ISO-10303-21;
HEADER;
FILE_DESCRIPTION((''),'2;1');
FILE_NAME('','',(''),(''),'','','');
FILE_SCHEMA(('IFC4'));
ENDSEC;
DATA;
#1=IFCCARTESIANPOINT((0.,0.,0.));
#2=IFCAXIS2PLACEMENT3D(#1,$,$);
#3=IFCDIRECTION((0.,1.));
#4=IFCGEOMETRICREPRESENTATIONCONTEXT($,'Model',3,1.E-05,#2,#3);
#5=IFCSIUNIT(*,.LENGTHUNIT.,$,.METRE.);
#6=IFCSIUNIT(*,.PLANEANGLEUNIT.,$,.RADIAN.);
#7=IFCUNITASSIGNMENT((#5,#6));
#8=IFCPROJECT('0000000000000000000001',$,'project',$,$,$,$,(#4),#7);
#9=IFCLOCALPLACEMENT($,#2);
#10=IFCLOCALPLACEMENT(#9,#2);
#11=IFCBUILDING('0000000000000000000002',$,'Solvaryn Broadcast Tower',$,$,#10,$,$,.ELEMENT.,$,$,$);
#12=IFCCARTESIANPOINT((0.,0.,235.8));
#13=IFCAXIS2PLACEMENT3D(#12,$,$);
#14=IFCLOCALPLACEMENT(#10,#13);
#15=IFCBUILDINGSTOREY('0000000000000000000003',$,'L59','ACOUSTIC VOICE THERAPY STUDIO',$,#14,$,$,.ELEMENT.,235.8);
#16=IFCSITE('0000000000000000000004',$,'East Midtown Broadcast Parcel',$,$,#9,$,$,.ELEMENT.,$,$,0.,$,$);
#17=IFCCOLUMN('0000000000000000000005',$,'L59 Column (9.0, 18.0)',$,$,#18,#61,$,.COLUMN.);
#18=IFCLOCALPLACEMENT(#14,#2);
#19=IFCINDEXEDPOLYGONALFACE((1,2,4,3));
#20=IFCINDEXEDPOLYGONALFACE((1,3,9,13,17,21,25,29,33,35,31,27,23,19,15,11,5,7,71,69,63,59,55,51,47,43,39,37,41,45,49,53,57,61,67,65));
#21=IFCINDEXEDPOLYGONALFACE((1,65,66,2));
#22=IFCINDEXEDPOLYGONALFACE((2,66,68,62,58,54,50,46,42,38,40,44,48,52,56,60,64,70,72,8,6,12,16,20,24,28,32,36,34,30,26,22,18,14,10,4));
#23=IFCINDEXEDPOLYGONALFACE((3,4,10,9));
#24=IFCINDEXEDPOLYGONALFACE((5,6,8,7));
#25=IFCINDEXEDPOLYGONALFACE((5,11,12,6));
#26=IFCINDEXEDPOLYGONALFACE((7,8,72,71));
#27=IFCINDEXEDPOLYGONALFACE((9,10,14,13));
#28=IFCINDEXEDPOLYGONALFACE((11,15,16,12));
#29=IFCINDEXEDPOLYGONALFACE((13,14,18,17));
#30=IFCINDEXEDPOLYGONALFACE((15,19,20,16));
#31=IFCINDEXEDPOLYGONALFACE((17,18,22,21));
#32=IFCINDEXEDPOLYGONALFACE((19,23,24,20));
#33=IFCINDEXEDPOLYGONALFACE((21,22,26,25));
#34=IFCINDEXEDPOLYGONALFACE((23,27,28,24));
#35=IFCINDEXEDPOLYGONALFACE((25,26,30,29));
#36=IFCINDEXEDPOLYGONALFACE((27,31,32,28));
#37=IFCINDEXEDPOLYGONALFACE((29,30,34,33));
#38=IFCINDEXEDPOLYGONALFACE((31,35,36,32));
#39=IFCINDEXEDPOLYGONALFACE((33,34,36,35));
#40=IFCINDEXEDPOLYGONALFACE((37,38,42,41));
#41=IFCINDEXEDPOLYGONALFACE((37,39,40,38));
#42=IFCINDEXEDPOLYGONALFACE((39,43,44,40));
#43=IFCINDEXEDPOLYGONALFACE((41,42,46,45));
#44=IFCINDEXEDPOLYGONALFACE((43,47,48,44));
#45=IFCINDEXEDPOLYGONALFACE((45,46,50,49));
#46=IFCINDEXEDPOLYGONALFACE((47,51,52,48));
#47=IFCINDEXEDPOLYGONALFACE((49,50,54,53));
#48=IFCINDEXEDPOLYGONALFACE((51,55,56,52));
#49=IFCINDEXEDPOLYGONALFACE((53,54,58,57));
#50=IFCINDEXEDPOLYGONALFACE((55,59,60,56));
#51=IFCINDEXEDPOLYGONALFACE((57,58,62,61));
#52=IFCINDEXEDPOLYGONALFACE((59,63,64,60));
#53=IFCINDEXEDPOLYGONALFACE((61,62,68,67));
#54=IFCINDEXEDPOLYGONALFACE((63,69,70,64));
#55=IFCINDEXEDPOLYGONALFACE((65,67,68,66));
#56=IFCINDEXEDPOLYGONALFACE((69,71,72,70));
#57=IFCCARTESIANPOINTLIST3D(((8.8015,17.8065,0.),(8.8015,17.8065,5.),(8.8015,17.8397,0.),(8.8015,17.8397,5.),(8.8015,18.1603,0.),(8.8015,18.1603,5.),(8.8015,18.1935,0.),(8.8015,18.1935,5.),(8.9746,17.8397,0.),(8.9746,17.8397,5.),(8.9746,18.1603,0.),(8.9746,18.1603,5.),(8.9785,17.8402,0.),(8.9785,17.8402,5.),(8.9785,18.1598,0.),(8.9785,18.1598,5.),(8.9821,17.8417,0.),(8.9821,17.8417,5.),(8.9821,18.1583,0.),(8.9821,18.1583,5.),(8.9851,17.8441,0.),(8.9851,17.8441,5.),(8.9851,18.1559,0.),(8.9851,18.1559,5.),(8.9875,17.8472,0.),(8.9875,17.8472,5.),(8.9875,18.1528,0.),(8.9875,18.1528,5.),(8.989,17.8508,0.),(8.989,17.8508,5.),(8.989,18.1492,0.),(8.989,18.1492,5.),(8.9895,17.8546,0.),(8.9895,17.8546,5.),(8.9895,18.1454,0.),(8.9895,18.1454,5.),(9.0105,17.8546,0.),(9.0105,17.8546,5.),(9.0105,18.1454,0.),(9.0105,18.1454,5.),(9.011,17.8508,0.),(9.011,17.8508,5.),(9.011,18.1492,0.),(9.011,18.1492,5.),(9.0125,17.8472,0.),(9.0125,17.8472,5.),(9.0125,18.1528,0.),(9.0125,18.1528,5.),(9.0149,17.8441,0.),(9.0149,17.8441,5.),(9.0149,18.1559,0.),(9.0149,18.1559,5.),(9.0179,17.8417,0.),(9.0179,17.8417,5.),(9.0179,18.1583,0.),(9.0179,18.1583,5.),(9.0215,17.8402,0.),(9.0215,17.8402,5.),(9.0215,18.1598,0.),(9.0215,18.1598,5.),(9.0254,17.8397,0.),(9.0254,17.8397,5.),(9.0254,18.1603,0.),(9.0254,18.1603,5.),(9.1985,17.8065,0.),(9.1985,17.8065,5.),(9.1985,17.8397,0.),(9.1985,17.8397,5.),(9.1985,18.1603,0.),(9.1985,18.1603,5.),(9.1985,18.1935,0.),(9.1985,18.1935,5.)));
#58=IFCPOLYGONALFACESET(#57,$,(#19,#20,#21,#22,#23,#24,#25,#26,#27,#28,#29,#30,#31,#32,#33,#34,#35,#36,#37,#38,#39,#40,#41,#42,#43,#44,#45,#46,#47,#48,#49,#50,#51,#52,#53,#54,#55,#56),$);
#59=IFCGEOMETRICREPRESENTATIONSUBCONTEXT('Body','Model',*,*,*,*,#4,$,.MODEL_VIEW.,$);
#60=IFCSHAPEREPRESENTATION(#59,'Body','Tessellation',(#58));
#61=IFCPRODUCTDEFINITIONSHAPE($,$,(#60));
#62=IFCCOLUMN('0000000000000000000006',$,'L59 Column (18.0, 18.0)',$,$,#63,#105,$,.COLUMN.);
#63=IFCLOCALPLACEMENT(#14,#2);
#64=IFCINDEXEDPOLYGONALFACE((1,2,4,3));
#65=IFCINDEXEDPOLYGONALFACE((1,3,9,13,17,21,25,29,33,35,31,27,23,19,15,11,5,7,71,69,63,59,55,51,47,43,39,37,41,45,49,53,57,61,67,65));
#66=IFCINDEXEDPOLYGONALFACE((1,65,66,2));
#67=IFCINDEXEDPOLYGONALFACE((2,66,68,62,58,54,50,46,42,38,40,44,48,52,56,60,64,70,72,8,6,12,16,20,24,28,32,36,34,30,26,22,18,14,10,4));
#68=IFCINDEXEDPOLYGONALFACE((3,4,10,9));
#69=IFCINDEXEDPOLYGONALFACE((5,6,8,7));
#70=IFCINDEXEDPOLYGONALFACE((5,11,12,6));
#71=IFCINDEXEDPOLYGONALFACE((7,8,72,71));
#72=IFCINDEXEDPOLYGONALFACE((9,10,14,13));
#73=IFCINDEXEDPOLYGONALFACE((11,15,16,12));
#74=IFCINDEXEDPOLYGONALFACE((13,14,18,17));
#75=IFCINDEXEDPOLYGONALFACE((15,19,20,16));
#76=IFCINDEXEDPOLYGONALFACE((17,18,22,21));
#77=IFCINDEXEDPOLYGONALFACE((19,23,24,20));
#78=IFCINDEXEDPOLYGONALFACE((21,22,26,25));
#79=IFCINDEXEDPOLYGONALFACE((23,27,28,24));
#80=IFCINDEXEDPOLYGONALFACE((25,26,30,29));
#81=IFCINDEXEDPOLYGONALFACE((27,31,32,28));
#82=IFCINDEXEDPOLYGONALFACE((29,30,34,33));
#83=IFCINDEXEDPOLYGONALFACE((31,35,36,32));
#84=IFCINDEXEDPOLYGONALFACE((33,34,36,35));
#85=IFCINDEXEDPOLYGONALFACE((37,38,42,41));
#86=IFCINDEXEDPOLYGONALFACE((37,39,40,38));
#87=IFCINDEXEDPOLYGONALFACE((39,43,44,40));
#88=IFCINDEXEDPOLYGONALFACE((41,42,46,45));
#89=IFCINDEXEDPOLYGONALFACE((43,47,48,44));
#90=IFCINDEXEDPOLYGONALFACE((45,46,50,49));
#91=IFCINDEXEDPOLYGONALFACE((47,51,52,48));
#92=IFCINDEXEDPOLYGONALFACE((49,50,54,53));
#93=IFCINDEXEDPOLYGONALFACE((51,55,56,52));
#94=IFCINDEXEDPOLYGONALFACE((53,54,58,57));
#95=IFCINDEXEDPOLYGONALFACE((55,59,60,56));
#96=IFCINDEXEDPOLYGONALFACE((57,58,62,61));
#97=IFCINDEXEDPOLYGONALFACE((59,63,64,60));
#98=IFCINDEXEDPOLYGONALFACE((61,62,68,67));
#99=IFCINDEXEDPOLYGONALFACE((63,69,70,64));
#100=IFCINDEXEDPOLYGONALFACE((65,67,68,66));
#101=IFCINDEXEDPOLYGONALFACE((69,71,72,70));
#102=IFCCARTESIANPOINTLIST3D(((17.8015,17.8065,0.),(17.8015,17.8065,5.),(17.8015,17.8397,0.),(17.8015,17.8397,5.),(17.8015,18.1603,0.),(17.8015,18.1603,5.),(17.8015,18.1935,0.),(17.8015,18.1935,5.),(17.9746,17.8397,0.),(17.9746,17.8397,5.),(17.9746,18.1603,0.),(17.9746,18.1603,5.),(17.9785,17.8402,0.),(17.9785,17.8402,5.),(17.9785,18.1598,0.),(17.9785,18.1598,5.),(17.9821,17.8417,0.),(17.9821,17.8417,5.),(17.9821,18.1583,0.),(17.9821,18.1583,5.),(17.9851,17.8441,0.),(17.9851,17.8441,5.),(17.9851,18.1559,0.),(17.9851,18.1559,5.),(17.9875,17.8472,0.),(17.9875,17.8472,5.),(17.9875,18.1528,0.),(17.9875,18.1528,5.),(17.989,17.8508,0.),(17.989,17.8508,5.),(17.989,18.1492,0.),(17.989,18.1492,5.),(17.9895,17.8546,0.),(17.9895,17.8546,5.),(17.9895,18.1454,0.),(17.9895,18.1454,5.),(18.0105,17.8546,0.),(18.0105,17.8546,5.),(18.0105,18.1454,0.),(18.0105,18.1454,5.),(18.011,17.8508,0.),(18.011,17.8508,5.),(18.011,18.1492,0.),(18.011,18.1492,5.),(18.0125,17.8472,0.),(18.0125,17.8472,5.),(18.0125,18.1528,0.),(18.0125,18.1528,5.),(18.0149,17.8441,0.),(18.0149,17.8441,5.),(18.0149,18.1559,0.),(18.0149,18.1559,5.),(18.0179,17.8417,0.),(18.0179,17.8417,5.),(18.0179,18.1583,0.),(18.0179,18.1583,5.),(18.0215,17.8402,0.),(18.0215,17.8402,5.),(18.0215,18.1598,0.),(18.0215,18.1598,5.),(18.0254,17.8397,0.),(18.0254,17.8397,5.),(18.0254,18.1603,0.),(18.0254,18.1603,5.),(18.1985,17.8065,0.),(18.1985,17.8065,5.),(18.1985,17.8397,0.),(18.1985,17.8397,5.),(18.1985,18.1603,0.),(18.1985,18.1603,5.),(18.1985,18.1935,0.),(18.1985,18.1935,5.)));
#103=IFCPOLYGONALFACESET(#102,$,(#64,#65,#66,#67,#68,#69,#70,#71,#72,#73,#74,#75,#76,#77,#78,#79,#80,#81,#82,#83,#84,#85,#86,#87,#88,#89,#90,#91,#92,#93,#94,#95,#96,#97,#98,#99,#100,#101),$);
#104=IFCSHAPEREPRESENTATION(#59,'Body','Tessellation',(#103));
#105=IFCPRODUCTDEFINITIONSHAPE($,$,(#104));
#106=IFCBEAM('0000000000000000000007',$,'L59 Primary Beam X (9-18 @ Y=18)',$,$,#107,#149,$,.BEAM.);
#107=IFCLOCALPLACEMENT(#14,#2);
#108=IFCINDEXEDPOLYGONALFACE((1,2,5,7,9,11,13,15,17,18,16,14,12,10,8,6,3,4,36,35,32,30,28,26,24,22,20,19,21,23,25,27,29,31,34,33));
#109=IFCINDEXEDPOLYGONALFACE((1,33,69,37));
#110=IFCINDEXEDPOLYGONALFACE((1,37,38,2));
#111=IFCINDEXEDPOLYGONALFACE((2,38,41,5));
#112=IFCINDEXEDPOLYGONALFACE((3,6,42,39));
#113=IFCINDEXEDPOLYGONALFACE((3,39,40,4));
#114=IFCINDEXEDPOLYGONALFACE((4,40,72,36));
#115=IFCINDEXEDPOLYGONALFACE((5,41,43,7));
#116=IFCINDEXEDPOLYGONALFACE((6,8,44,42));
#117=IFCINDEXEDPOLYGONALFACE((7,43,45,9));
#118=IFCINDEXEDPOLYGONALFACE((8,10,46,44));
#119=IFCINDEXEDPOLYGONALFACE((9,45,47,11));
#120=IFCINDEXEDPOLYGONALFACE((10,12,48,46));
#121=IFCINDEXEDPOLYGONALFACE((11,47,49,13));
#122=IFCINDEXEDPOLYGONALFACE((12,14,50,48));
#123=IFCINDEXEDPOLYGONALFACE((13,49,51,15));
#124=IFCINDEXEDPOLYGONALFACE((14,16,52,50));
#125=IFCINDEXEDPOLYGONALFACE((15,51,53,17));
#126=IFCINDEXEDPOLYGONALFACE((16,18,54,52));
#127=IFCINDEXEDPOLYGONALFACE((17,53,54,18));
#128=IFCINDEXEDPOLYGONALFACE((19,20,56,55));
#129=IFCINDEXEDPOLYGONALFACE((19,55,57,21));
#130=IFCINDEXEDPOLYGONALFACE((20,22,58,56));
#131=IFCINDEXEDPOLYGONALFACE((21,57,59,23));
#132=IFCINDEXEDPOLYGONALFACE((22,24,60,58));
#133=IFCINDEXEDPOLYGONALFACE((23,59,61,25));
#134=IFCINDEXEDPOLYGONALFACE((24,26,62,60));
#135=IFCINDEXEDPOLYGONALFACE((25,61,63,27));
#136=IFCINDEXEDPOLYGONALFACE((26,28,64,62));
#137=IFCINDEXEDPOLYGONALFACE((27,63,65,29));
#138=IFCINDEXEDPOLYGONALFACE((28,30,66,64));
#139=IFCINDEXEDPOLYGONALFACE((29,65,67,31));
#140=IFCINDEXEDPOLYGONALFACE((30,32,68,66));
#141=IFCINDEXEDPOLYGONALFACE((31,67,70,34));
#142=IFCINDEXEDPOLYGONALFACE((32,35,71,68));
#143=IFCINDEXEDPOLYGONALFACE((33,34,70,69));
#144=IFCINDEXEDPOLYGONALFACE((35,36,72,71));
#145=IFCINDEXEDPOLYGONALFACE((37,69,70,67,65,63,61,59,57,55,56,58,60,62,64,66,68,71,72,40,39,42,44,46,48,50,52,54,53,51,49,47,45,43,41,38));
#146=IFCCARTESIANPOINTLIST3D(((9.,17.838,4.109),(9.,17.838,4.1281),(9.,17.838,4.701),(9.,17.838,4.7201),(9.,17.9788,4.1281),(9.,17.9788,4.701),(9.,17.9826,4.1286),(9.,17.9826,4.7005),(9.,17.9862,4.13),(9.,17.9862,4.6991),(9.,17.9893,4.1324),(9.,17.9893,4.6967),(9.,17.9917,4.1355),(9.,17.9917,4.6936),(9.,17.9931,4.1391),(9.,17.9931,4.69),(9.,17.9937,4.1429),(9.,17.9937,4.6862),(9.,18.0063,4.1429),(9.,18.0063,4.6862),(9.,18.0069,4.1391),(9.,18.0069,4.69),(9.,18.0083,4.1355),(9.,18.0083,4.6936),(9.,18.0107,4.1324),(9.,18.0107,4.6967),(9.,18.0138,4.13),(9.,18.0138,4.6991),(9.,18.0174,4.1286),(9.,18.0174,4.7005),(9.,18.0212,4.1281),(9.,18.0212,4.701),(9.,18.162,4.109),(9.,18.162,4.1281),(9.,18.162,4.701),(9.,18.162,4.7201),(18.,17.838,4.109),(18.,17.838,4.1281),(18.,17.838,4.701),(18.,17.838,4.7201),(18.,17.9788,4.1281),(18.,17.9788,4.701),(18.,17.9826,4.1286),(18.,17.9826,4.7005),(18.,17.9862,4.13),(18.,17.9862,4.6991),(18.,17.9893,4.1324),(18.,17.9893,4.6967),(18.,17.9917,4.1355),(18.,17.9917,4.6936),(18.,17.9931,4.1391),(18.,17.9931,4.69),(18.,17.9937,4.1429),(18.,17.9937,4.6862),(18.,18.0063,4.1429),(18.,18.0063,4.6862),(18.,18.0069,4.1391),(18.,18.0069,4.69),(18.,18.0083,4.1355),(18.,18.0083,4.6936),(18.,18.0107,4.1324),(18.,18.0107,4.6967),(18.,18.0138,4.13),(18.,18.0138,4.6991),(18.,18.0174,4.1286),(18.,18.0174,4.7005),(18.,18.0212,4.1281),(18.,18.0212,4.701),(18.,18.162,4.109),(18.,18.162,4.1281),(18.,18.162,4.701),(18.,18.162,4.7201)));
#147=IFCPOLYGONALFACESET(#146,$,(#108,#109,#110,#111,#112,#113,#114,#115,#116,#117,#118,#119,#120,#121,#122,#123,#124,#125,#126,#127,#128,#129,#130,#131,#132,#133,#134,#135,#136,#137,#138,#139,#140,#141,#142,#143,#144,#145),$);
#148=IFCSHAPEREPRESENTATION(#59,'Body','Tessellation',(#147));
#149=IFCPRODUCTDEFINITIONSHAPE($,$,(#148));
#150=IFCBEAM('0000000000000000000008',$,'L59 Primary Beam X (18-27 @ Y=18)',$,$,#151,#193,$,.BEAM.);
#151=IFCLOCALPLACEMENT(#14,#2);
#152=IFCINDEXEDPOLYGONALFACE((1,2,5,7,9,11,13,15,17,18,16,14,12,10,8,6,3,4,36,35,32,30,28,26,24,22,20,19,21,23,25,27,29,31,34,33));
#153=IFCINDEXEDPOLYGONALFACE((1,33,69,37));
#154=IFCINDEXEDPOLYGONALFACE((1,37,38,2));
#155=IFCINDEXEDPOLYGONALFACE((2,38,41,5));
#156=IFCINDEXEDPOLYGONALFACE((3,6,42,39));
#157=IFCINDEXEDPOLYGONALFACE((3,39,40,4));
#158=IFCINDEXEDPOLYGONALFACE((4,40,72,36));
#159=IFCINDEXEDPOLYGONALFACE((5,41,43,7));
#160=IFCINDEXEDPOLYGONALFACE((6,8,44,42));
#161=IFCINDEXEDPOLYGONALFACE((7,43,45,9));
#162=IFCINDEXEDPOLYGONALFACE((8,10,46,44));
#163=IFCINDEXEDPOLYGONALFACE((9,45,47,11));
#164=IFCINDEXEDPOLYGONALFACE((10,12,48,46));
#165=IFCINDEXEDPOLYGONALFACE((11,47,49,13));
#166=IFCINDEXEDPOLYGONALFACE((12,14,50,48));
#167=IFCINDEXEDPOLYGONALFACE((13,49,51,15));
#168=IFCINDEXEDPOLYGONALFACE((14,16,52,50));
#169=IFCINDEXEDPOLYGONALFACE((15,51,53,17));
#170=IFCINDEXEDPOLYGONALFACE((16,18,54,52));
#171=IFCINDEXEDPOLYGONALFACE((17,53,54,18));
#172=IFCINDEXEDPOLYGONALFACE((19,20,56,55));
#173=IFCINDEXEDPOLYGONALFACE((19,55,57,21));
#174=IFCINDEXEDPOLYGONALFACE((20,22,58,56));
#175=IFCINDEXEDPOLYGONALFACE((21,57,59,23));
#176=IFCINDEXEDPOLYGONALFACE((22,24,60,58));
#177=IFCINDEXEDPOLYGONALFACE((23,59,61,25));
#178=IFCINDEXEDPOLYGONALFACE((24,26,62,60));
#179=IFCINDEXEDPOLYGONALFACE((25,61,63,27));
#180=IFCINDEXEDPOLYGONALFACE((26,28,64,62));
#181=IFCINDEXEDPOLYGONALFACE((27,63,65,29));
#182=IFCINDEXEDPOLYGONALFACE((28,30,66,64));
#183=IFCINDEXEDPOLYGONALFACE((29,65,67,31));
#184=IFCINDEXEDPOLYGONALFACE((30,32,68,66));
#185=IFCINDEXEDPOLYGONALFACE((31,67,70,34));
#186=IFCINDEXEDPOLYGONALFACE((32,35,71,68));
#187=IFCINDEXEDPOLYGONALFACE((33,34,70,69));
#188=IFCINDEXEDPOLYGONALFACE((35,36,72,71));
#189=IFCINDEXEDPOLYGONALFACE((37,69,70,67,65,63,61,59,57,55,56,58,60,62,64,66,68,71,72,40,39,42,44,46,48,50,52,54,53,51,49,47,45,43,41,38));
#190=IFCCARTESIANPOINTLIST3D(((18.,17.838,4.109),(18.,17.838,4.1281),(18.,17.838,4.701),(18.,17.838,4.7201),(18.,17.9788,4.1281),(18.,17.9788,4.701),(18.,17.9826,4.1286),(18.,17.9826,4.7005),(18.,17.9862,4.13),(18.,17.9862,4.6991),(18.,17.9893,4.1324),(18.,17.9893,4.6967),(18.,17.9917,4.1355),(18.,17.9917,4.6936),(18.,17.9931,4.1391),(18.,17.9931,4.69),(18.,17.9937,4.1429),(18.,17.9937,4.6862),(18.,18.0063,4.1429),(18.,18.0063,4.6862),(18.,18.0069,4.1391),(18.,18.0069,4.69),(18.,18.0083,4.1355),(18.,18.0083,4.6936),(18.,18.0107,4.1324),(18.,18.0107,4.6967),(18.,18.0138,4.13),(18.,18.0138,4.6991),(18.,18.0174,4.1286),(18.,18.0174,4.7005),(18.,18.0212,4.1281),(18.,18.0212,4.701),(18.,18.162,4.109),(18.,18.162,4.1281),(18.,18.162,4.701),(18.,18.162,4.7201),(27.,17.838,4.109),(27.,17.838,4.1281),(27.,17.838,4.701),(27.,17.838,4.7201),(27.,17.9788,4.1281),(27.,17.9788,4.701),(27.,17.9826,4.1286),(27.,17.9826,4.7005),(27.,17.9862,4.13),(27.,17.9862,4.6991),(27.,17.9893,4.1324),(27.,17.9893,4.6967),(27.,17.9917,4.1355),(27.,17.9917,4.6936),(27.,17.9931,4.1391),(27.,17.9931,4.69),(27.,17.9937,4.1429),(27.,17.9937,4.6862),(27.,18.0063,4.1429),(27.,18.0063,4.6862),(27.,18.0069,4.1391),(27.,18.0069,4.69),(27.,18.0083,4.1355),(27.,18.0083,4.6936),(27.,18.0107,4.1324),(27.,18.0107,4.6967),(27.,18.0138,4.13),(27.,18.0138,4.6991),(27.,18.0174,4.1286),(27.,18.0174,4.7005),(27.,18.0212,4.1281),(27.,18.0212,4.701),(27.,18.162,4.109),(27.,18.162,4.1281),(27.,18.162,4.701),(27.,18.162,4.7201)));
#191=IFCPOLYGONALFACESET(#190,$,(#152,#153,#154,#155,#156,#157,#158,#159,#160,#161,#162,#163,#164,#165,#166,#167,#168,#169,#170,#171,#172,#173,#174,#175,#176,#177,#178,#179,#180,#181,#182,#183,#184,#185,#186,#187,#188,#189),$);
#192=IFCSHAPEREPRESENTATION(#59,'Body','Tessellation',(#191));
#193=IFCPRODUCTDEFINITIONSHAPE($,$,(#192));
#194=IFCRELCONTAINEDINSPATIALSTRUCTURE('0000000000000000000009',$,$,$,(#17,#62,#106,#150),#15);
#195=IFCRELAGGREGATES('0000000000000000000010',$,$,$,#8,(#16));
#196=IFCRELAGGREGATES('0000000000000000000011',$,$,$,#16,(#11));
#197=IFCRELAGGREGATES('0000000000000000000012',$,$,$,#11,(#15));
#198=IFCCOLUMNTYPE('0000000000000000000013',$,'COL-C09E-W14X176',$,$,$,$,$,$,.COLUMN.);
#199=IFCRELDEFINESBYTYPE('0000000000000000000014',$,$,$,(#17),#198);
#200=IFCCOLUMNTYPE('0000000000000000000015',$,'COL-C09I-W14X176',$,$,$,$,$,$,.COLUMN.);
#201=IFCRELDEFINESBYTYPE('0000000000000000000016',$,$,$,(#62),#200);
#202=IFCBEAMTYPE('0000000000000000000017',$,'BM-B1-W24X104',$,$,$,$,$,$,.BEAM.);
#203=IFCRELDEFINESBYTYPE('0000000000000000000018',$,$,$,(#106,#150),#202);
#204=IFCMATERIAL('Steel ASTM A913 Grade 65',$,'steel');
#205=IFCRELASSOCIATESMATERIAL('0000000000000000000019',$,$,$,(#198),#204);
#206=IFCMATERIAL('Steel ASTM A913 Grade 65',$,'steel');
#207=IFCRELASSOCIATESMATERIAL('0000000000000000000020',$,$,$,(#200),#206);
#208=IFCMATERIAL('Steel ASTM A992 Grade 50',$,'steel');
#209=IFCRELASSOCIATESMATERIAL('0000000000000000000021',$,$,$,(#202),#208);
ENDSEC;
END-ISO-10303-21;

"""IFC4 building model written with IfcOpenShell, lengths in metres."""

from ifc_helpers import new_model, si_unit, direction, frame, origin, origin_2d, place, context, subcontext, project, spatial, i_section, extrude, material, material_profile, profile_set, type_object, element, save


model = new_model("IFC4")

# Units and contexts
model_context = context("Model", 3, precision=1e-05, world=origin(), true_north=direction((0.0, 1.0)))
body_context = subcontext(model_context, "Body", "Model", "MODEL_VIEW")
ifc_project = project(units=[si_unit("LENGTHUNIT", "METRE"), si_unit("PLANEANGLEUNIT", "RADIAN")], contexts=[model_context])

# Site, building, storey
site_placement = place(None, origin())
site = spatial("IfcSite", under=ifc_project, at=site_placement, Name="East Midtown Broadcast Parcel", CompositionType="ELEMENT", RefElevation=0.0)
building_placement = place(site_placement, origin())
building = spatial("IfcBuilding", under=site, at=building_placement, Name="Solvaryn Broadcast Tower", CompositionType="ELEMENT")
storey_placement = place(building_placement, frame((0.0, 0.0, 235.8)))
storey = spatial("IfcBuildingStorey", under=building, at=storey_placement, Name="L59", Description="ACOUSTIC VOICE THERAPY STUDIO", CompositionType="ELEMENT", Elevation=235.8)

# Columns
ifc_material_1 = material(Name="Steel ASTM A913 Grade 65", Category="steel")
ifc_material_profile_1 = material_profile(ifc_material_1, i_section(OverallWidth=0.397, OverallDepth=0.387, WebThickness=0.021, FlangeThickness=0.0332, FilletRadius=0.0149, at=origin_2d()))
ifc_profile_set_1 = profile_set([ifc_material_profile_1], Name="Steel ASTM A913 Grade 65")
column_type_1 = type_object("IfcColumnType", Name="COL-C09E-W14X176", PredefinedType="COLUMN", material=ifc_profile_set_1)
column_1_placement = place(storey_placement, frame((9.0, 18.0, 0.0), z_axis=(0.0, 0.0, 1.0), x_axis=(1.0, 0.0, 0.0)))
element("IfcColumn", 1, at=column_1_placement, inside=storey, type_object=column_type_1, Name="L59 Column (9.0, 18.0)", PredefinedType="COLUMN", context=body_context, shape_type="SweptSolid", body=[
    extrude(i_section(OverallWidth=0.397, OverallDepth=0.387, WebThickness=0.021, FlangeThickness=0.0332, FilletRadius=0.0149, at=origin_2d()), origin(), (0.0, 0.0, 1.0), 5.0),
])
ifc_material_2 = material(Name="Steel ASTM A913 Grade 65", Category="steel")
ifc_material_profile_2 = material_profile(ifc_material_2, i_section(OverallWidth=0.397, OverallDepth=0.387, WebThickness=0.021, FlangeThickness=0.0332, FilletRadius=0.0149, at=origin_2d()))
ifc_profile_set_2 = profile_set([ifc_material_profile_2], Name="Steel ASTM A913 Grade 65")
column_type_2 = type_object("IfcColumnType", Name="COL-C09I-W14X176", PredefinedType="COLUMN", material=ifc_profile_set_2)
column_2_placement = place(storey_placement, frame((18.0, 18.0, 0.0), z_axis=(0.0, 0.0, 1.0), x_axis=(1.0, 0.0, 0.0)))
element("IfcColumn", 2, at=column_2_placement, inside=storey, type_object=column_type_2, Name="L59 Column (18.0, 18.0)", PredefinedType="COLUMN", context=body_context, shape_type="SweptSolid", body=[
    extrude(i_section(OverallWidth=0.397, OverallDepth=0.387, WebThickness=0.021, FlangeThickness=0.0332, FilletRadius=0.0149, at=origin_2d()), origin(), (0.0, 0.0, 1.0), 5.0),
])

# Beams
ifc_material_3 = material(Name="Steel ASTM A992 Grade 50", Category="steel")
ifc_material_profile_3 = material_profile(ifc_material_3, i_section(OverallWidth=0.324, OverallDepth=0.6111, WebThickness=0.0127, FlangeThickness=0.019, FilletRadius=0.0149, at=origin_2d()))
ifc_profile_set_3 = profile_set([ifc_material_profile_3], Name="Steel ASTM A992 Grade 50")
beam_type_1 = type_object("IfcBeamType", Name="BM-B1-W24X104", PredefinedType="BEAM", material=ifc_profile_set_3)
for number, where, z_axis, x_axis, name in (
    (3, (9.0, 18.0, 4.4146), (1.0, 0.0, 0.0), (0.0, 1.0, 0.0), "L59 Primary Beam X (9-18 @ Y=18)"),
    (4, (18.0, 18.0, 4.4146), (1.0, 0.0, 0.0), (0.0, 1.0, 0.0), "L59 Primary Beam X (18-27 @ Y=18)"),
):
    element("IfcBeam", number, at=place(storey_placement, frame(where, z_axis=z_axis, x_axis=x_axis)), inside=storey, type_object=beam_type_1, Name=name, PredefinedType="BEAM", context=body_context, shape_type="SweptSolid", body=[
        extrude(i_section(OverallWidth=0.324, OverallDepth=0.6111, WebThickness=0.0127, FlangeThickness=0.019, FilletRadius=0.0149, at=origin_2d()), origin(), (0.0, 0.0, 1.0), 9.0),
    ])

save(model, "model.ifc")
